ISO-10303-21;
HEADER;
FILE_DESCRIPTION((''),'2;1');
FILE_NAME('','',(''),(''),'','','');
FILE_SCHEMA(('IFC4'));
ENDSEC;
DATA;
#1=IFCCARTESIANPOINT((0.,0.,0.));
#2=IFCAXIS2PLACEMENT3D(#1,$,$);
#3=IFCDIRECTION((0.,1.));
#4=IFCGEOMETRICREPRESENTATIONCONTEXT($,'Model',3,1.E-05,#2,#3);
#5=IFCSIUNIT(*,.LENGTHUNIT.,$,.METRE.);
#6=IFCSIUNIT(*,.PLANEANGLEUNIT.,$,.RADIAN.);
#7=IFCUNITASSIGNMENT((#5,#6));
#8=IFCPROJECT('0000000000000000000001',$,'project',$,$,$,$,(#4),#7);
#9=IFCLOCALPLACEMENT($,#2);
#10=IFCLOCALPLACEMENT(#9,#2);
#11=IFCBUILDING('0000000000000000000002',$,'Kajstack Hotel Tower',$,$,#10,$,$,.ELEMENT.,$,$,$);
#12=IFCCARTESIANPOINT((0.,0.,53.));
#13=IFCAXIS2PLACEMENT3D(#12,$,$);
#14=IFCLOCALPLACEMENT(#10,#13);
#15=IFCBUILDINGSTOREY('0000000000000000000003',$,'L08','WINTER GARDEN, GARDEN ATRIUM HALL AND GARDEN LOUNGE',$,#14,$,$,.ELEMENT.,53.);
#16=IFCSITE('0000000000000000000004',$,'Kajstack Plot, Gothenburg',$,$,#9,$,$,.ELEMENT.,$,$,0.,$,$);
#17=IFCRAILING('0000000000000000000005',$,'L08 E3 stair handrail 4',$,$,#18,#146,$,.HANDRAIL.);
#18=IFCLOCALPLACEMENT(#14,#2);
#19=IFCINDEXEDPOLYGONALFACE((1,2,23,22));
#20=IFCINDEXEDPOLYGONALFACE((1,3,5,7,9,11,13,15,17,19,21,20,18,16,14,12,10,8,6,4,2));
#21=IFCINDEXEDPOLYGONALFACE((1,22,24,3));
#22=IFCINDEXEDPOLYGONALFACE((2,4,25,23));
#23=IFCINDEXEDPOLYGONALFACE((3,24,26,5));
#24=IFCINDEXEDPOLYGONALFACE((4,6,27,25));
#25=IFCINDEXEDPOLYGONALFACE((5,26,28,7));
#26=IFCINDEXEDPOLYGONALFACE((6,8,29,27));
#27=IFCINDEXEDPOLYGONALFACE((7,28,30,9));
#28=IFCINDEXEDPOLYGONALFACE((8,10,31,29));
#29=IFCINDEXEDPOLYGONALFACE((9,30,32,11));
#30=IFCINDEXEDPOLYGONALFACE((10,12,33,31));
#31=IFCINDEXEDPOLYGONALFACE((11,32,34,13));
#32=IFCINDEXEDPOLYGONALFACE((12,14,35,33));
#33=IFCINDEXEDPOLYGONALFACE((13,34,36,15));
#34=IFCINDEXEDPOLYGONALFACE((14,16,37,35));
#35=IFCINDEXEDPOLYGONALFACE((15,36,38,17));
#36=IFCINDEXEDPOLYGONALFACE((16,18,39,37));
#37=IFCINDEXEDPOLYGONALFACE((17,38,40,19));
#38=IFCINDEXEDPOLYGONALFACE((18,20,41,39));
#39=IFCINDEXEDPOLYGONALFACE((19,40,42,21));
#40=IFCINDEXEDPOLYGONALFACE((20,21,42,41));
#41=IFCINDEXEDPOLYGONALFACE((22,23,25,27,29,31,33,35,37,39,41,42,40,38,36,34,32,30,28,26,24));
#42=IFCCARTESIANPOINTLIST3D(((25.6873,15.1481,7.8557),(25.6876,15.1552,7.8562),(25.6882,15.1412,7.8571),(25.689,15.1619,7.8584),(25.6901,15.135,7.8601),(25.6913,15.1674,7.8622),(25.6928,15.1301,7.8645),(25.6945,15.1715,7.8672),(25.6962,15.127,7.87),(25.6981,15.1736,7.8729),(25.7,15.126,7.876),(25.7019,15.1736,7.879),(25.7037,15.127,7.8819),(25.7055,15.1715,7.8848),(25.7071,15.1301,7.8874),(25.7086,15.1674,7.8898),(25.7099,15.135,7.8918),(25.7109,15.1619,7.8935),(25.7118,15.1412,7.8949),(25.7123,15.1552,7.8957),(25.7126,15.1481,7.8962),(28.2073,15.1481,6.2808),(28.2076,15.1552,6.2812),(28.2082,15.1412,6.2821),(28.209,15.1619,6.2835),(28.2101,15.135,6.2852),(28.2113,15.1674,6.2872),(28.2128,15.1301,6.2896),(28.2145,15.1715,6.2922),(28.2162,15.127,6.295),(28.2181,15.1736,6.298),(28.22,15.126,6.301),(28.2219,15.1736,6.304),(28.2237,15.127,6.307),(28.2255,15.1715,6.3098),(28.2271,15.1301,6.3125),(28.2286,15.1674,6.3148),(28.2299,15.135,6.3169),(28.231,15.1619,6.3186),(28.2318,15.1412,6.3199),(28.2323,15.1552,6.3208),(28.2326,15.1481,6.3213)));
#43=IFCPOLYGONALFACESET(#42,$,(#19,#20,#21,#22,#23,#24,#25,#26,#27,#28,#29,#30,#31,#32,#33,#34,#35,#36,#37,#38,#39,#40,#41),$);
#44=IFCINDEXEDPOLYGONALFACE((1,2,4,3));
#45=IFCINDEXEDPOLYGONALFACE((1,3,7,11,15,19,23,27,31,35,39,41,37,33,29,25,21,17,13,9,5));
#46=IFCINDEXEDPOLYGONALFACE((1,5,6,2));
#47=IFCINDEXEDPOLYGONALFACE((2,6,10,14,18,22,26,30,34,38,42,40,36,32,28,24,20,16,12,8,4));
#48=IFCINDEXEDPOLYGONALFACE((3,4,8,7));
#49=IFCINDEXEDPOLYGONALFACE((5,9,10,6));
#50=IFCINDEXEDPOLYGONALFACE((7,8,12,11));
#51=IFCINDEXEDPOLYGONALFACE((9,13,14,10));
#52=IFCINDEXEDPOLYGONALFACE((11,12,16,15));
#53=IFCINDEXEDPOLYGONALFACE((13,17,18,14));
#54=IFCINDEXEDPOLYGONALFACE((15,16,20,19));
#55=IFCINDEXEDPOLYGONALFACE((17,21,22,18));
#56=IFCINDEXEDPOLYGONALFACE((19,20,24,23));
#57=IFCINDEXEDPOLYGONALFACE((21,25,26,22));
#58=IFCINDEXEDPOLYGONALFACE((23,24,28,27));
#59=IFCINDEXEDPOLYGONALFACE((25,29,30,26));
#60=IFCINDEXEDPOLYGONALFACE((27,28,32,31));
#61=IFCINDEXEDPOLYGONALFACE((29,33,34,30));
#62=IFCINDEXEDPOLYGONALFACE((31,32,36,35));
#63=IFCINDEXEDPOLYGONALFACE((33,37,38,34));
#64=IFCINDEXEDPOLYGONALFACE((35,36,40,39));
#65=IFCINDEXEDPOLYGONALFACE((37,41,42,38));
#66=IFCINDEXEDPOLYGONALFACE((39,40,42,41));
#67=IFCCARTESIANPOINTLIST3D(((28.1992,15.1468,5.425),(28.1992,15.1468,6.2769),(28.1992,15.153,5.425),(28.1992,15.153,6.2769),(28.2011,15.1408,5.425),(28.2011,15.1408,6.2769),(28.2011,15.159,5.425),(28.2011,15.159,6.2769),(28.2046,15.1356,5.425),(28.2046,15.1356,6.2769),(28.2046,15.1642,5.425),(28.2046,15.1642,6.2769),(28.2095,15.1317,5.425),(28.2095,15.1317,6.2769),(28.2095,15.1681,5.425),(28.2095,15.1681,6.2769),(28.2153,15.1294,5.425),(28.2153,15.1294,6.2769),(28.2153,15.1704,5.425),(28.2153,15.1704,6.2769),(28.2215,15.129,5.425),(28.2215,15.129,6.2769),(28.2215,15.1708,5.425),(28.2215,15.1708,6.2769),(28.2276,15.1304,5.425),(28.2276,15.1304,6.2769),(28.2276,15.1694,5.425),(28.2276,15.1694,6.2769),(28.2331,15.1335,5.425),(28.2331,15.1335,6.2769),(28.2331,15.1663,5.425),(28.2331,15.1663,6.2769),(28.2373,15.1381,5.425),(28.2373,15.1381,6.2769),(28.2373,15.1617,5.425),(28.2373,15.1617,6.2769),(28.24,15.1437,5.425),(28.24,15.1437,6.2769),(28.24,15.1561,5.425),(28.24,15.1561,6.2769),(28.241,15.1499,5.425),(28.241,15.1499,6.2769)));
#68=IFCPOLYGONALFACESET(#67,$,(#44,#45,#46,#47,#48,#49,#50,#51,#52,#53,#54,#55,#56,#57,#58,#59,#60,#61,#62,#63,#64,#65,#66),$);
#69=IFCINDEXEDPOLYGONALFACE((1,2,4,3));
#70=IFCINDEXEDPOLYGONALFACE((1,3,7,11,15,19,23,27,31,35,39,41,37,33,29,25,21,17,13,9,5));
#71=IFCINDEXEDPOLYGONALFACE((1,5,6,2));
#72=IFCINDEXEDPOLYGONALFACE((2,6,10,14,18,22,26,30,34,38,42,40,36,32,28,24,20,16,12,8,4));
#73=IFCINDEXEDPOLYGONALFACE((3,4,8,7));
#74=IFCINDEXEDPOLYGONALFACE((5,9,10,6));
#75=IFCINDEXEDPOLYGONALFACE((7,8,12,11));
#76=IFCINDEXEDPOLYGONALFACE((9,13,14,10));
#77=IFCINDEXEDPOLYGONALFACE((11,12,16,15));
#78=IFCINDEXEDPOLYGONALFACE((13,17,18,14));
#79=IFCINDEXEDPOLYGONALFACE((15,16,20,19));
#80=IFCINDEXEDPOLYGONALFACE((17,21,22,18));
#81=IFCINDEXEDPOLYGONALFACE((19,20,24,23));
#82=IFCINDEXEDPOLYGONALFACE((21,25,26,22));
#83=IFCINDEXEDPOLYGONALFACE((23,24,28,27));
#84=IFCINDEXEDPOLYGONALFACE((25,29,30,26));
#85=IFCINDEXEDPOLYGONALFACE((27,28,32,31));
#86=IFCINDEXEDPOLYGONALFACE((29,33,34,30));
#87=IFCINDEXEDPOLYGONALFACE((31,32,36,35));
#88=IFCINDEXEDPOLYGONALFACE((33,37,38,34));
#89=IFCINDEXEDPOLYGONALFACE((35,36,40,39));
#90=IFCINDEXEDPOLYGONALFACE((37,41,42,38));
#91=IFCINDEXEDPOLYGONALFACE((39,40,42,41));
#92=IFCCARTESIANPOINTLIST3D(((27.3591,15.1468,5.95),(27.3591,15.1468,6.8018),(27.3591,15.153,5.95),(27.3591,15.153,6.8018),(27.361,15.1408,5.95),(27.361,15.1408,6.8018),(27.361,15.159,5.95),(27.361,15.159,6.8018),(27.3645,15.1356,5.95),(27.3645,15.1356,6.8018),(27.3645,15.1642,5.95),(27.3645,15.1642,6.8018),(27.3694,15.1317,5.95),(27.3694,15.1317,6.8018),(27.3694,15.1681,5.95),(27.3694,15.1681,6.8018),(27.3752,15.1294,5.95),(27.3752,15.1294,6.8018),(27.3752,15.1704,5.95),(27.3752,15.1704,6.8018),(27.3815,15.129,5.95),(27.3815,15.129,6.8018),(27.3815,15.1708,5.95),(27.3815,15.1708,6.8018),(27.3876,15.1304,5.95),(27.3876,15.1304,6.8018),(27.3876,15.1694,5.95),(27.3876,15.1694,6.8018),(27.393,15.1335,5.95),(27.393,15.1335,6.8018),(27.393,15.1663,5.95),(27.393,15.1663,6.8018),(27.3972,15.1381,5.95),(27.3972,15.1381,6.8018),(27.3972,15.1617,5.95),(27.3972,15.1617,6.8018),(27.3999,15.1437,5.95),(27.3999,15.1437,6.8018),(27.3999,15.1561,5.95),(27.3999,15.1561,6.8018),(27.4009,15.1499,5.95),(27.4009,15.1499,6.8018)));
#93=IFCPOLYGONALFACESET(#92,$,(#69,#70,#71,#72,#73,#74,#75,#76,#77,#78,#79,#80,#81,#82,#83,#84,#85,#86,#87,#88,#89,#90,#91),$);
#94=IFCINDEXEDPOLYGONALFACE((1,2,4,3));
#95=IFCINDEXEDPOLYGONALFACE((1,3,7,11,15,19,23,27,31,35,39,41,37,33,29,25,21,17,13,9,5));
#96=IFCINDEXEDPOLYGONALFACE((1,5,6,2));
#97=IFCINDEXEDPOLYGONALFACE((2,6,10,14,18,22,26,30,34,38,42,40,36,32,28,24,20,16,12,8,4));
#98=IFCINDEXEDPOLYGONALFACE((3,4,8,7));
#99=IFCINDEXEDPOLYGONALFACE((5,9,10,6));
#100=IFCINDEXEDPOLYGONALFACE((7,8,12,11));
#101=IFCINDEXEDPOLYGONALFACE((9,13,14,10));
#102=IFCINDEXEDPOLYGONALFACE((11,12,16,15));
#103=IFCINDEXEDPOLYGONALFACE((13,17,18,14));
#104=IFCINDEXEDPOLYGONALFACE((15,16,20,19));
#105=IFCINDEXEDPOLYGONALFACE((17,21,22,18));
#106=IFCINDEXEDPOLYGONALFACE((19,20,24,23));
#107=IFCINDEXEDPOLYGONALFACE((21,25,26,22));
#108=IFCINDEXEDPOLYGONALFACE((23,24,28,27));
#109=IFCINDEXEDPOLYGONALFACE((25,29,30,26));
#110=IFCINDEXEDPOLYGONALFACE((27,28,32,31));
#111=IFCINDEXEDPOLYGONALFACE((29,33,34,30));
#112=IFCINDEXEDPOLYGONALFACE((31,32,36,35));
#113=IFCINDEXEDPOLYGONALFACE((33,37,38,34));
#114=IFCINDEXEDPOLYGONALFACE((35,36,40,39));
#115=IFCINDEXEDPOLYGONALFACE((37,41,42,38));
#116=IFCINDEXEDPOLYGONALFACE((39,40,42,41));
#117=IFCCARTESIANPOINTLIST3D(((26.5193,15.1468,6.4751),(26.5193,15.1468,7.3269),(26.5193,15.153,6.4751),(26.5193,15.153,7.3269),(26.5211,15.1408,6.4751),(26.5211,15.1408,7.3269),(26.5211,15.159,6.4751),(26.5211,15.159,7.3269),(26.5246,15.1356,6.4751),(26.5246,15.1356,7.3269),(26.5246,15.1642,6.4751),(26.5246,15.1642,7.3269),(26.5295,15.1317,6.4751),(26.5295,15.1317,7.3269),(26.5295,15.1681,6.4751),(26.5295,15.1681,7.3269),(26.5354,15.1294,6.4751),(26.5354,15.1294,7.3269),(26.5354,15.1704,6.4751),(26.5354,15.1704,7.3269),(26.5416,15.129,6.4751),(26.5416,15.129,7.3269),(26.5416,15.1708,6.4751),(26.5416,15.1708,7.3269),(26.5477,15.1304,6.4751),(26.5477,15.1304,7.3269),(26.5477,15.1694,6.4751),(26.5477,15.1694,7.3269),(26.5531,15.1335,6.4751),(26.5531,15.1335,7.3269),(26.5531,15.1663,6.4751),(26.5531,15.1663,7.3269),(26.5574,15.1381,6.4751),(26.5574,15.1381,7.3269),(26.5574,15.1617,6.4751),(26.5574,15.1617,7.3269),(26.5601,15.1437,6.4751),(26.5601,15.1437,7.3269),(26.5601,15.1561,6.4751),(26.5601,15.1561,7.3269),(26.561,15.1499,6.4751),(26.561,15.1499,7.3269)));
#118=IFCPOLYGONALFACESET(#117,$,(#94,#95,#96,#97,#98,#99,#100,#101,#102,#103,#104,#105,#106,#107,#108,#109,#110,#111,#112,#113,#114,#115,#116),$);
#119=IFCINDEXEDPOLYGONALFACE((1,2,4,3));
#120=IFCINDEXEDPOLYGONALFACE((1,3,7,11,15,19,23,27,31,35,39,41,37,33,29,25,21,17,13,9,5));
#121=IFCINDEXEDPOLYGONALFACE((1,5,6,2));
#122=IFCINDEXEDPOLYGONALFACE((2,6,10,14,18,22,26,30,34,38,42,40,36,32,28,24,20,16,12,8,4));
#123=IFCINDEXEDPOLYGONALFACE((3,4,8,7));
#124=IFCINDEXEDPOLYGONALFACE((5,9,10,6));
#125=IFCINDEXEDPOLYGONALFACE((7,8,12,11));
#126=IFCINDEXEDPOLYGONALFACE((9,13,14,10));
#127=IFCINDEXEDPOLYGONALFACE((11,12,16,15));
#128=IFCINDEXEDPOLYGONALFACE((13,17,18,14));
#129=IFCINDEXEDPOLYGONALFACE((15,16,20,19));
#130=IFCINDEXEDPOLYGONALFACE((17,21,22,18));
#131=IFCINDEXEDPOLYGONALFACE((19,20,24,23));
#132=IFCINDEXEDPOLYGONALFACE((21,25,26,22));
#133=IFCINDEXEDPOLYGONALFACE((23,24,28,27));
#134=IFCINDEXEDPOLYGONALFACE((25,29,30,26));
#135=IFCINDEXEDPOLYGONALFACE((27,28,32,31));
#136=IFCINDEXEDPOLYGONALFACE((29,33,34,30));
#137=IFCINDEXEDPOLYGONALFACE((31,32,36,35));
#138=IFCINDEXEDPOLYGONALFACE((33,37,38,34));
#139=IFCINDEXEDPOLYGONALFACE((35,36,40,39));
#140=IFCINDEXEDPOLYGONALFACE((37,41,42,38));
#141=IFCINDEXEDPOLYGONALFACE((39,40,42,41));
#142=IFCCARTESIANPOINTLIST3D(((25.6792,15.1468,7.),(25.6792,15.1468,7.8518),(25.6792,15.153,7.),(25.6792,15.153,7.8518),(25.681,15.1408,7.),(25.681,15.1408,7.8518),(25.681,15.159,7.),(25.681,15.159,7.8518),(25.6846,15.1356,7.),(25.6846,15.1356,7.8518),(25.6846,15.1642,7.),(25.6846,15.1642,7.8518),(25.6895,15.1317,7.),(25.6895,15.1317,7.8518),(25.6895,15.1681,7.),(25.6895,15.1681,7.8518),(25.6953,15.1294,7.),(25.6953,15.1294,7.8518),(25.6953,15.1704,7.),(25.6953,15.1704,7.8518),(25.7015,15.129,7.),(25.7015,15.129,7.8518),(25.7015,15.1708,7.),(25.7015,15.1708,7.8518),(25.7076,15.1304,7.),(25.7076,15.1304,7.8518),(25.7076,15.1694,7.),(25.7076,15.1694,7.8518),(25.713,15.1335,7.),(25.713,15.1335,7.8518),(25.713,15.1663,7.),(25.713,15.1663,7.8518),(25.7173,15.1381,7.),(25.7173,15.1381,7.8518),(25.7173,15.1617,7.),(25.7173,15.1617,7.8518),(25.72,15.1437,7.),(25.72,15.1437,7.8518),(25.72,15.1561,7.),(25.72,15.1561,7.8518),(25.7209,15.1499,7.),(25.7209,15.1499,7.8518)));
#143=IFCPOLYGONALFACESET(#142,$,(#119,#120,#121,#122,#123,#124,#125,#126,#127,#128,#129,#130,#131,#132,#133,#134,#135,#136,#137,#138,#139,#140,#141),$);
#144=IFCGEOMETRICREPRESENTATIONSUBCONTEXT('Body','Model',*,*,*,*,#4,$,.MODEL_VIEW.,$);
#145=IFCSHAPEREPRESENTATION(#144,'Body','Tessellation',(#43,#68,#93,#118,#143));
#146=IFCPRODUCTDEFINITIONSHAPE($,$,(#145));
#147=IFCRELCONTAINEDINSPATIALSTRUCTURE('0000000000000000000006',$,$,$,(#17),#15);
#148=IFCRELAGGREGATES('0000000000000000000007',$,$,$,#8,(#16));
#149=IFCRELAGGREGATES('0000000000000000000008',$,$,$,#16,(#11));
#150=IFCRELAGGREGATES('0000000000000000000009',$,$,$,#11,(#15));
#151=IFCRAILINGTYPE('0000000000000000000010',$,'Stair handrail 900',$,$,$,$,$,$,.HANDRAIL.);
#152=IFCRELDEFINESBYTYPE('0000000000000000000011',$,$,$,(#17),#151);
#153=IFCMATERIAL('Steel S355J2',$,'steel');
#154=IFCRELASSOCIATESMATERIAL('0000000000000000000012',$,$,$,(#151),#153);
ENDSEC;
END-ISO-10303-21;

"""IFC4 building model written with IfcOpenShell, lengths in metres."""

from ifc_helpers import new_model, si_unit, direction, frame, origin, origin_2d, place, context, subcontext, project, spatial, circle, extrude, material, type_object, element, save


model = new_model("IFC4")

# Units and contexts
model_context = context("Model", 3, precision=1e-05, world=origin(), true_north=direction((0.0, 1.0)))
body_context = subcontext(model_context, "Body", "Model", "MODEL_VIEW")
ifc_project = project(units=[si_unit("LENGTHUNIT", "METRE"), si_unit("PLANEANGLEUNIT", "RADIAN")], contexts=[model_context])

# Site, building, storey
site_placement = place(None, origin())
site = spatial("IfcSite", under=ifc_project, at=site_placement, Name="Kajstack Plot, Gothenburg", CompositionType="ELEMENT", RefElevation=0.0)
building_placement = place(site_placement, origin())
building = spatial("IfcBuilding", under=site, at=building_placement, Name="Kajstack Hotel Tower", CompositionType="ELEMENT")
storey_placement = place(building_placement, frame((0.0, 0.0, 53.0)))
storey = spatial("IfcBuildingStorey", under=building, at=storey_placement, Name="L08", Description="WINTER GARDEN, GARDEN ATRIUM HALL AND GARDEN LOUNGE", CompositionType="ELEMENT", Elevation=53.0)

# Railing
ifc_material_1 = material(Name="Steel S355J2", Category="steel")
railing_type_1 = type_object("IfcRailingType", Name="Stair handrail 900", PredefinedType="HANDRAIL", material=ifc_material_1)
railing_1_placement = place(storey_placement, frame((28.22, 15.1499, 5.425)))
element("IfcRailing", 1, at=railing_1_placement, inside=storey, type_object=railing_type_1, Name="L08 E3 stair handrail 4", PredefinedType="HANDRAIL", context=body_context, shape_type="SweptSolid", body=[
    extrude(circle(Radius=0.0239, at=origin_2d()), frame((0.0, 0.0, 0.876), z_axis=(-0.848008, 0.0, 0.529984), x_axis=(0.0, -1.0, 0.0)), (0.0, 0.0, 1.0), 2.9717),
    extrude(circle(Radius=0.021, at=origin_2d()), origin(), (0.0, 0.0, 1.0), 0.8518),
    extrude(circle(Radius=0.021, at=origin_2d()), frame((-0.8401, 0.0, 0.5249)), (0.0, 0.0, 1.0), 0.8518),
    extrude(circle(Radius=0.021, at=origin_2d()), frame((-1.6799, 0.0, 1.05)), (0.0, 0.0, 1.0), 0.8518),
    extrude(circle(Radius=0.021, at=origin_2d()), frame((-2.52, 0.0, 1.575)), (0.0, 0.0, 1.0), 0.8518),
])

save(model, "model.ifc")
